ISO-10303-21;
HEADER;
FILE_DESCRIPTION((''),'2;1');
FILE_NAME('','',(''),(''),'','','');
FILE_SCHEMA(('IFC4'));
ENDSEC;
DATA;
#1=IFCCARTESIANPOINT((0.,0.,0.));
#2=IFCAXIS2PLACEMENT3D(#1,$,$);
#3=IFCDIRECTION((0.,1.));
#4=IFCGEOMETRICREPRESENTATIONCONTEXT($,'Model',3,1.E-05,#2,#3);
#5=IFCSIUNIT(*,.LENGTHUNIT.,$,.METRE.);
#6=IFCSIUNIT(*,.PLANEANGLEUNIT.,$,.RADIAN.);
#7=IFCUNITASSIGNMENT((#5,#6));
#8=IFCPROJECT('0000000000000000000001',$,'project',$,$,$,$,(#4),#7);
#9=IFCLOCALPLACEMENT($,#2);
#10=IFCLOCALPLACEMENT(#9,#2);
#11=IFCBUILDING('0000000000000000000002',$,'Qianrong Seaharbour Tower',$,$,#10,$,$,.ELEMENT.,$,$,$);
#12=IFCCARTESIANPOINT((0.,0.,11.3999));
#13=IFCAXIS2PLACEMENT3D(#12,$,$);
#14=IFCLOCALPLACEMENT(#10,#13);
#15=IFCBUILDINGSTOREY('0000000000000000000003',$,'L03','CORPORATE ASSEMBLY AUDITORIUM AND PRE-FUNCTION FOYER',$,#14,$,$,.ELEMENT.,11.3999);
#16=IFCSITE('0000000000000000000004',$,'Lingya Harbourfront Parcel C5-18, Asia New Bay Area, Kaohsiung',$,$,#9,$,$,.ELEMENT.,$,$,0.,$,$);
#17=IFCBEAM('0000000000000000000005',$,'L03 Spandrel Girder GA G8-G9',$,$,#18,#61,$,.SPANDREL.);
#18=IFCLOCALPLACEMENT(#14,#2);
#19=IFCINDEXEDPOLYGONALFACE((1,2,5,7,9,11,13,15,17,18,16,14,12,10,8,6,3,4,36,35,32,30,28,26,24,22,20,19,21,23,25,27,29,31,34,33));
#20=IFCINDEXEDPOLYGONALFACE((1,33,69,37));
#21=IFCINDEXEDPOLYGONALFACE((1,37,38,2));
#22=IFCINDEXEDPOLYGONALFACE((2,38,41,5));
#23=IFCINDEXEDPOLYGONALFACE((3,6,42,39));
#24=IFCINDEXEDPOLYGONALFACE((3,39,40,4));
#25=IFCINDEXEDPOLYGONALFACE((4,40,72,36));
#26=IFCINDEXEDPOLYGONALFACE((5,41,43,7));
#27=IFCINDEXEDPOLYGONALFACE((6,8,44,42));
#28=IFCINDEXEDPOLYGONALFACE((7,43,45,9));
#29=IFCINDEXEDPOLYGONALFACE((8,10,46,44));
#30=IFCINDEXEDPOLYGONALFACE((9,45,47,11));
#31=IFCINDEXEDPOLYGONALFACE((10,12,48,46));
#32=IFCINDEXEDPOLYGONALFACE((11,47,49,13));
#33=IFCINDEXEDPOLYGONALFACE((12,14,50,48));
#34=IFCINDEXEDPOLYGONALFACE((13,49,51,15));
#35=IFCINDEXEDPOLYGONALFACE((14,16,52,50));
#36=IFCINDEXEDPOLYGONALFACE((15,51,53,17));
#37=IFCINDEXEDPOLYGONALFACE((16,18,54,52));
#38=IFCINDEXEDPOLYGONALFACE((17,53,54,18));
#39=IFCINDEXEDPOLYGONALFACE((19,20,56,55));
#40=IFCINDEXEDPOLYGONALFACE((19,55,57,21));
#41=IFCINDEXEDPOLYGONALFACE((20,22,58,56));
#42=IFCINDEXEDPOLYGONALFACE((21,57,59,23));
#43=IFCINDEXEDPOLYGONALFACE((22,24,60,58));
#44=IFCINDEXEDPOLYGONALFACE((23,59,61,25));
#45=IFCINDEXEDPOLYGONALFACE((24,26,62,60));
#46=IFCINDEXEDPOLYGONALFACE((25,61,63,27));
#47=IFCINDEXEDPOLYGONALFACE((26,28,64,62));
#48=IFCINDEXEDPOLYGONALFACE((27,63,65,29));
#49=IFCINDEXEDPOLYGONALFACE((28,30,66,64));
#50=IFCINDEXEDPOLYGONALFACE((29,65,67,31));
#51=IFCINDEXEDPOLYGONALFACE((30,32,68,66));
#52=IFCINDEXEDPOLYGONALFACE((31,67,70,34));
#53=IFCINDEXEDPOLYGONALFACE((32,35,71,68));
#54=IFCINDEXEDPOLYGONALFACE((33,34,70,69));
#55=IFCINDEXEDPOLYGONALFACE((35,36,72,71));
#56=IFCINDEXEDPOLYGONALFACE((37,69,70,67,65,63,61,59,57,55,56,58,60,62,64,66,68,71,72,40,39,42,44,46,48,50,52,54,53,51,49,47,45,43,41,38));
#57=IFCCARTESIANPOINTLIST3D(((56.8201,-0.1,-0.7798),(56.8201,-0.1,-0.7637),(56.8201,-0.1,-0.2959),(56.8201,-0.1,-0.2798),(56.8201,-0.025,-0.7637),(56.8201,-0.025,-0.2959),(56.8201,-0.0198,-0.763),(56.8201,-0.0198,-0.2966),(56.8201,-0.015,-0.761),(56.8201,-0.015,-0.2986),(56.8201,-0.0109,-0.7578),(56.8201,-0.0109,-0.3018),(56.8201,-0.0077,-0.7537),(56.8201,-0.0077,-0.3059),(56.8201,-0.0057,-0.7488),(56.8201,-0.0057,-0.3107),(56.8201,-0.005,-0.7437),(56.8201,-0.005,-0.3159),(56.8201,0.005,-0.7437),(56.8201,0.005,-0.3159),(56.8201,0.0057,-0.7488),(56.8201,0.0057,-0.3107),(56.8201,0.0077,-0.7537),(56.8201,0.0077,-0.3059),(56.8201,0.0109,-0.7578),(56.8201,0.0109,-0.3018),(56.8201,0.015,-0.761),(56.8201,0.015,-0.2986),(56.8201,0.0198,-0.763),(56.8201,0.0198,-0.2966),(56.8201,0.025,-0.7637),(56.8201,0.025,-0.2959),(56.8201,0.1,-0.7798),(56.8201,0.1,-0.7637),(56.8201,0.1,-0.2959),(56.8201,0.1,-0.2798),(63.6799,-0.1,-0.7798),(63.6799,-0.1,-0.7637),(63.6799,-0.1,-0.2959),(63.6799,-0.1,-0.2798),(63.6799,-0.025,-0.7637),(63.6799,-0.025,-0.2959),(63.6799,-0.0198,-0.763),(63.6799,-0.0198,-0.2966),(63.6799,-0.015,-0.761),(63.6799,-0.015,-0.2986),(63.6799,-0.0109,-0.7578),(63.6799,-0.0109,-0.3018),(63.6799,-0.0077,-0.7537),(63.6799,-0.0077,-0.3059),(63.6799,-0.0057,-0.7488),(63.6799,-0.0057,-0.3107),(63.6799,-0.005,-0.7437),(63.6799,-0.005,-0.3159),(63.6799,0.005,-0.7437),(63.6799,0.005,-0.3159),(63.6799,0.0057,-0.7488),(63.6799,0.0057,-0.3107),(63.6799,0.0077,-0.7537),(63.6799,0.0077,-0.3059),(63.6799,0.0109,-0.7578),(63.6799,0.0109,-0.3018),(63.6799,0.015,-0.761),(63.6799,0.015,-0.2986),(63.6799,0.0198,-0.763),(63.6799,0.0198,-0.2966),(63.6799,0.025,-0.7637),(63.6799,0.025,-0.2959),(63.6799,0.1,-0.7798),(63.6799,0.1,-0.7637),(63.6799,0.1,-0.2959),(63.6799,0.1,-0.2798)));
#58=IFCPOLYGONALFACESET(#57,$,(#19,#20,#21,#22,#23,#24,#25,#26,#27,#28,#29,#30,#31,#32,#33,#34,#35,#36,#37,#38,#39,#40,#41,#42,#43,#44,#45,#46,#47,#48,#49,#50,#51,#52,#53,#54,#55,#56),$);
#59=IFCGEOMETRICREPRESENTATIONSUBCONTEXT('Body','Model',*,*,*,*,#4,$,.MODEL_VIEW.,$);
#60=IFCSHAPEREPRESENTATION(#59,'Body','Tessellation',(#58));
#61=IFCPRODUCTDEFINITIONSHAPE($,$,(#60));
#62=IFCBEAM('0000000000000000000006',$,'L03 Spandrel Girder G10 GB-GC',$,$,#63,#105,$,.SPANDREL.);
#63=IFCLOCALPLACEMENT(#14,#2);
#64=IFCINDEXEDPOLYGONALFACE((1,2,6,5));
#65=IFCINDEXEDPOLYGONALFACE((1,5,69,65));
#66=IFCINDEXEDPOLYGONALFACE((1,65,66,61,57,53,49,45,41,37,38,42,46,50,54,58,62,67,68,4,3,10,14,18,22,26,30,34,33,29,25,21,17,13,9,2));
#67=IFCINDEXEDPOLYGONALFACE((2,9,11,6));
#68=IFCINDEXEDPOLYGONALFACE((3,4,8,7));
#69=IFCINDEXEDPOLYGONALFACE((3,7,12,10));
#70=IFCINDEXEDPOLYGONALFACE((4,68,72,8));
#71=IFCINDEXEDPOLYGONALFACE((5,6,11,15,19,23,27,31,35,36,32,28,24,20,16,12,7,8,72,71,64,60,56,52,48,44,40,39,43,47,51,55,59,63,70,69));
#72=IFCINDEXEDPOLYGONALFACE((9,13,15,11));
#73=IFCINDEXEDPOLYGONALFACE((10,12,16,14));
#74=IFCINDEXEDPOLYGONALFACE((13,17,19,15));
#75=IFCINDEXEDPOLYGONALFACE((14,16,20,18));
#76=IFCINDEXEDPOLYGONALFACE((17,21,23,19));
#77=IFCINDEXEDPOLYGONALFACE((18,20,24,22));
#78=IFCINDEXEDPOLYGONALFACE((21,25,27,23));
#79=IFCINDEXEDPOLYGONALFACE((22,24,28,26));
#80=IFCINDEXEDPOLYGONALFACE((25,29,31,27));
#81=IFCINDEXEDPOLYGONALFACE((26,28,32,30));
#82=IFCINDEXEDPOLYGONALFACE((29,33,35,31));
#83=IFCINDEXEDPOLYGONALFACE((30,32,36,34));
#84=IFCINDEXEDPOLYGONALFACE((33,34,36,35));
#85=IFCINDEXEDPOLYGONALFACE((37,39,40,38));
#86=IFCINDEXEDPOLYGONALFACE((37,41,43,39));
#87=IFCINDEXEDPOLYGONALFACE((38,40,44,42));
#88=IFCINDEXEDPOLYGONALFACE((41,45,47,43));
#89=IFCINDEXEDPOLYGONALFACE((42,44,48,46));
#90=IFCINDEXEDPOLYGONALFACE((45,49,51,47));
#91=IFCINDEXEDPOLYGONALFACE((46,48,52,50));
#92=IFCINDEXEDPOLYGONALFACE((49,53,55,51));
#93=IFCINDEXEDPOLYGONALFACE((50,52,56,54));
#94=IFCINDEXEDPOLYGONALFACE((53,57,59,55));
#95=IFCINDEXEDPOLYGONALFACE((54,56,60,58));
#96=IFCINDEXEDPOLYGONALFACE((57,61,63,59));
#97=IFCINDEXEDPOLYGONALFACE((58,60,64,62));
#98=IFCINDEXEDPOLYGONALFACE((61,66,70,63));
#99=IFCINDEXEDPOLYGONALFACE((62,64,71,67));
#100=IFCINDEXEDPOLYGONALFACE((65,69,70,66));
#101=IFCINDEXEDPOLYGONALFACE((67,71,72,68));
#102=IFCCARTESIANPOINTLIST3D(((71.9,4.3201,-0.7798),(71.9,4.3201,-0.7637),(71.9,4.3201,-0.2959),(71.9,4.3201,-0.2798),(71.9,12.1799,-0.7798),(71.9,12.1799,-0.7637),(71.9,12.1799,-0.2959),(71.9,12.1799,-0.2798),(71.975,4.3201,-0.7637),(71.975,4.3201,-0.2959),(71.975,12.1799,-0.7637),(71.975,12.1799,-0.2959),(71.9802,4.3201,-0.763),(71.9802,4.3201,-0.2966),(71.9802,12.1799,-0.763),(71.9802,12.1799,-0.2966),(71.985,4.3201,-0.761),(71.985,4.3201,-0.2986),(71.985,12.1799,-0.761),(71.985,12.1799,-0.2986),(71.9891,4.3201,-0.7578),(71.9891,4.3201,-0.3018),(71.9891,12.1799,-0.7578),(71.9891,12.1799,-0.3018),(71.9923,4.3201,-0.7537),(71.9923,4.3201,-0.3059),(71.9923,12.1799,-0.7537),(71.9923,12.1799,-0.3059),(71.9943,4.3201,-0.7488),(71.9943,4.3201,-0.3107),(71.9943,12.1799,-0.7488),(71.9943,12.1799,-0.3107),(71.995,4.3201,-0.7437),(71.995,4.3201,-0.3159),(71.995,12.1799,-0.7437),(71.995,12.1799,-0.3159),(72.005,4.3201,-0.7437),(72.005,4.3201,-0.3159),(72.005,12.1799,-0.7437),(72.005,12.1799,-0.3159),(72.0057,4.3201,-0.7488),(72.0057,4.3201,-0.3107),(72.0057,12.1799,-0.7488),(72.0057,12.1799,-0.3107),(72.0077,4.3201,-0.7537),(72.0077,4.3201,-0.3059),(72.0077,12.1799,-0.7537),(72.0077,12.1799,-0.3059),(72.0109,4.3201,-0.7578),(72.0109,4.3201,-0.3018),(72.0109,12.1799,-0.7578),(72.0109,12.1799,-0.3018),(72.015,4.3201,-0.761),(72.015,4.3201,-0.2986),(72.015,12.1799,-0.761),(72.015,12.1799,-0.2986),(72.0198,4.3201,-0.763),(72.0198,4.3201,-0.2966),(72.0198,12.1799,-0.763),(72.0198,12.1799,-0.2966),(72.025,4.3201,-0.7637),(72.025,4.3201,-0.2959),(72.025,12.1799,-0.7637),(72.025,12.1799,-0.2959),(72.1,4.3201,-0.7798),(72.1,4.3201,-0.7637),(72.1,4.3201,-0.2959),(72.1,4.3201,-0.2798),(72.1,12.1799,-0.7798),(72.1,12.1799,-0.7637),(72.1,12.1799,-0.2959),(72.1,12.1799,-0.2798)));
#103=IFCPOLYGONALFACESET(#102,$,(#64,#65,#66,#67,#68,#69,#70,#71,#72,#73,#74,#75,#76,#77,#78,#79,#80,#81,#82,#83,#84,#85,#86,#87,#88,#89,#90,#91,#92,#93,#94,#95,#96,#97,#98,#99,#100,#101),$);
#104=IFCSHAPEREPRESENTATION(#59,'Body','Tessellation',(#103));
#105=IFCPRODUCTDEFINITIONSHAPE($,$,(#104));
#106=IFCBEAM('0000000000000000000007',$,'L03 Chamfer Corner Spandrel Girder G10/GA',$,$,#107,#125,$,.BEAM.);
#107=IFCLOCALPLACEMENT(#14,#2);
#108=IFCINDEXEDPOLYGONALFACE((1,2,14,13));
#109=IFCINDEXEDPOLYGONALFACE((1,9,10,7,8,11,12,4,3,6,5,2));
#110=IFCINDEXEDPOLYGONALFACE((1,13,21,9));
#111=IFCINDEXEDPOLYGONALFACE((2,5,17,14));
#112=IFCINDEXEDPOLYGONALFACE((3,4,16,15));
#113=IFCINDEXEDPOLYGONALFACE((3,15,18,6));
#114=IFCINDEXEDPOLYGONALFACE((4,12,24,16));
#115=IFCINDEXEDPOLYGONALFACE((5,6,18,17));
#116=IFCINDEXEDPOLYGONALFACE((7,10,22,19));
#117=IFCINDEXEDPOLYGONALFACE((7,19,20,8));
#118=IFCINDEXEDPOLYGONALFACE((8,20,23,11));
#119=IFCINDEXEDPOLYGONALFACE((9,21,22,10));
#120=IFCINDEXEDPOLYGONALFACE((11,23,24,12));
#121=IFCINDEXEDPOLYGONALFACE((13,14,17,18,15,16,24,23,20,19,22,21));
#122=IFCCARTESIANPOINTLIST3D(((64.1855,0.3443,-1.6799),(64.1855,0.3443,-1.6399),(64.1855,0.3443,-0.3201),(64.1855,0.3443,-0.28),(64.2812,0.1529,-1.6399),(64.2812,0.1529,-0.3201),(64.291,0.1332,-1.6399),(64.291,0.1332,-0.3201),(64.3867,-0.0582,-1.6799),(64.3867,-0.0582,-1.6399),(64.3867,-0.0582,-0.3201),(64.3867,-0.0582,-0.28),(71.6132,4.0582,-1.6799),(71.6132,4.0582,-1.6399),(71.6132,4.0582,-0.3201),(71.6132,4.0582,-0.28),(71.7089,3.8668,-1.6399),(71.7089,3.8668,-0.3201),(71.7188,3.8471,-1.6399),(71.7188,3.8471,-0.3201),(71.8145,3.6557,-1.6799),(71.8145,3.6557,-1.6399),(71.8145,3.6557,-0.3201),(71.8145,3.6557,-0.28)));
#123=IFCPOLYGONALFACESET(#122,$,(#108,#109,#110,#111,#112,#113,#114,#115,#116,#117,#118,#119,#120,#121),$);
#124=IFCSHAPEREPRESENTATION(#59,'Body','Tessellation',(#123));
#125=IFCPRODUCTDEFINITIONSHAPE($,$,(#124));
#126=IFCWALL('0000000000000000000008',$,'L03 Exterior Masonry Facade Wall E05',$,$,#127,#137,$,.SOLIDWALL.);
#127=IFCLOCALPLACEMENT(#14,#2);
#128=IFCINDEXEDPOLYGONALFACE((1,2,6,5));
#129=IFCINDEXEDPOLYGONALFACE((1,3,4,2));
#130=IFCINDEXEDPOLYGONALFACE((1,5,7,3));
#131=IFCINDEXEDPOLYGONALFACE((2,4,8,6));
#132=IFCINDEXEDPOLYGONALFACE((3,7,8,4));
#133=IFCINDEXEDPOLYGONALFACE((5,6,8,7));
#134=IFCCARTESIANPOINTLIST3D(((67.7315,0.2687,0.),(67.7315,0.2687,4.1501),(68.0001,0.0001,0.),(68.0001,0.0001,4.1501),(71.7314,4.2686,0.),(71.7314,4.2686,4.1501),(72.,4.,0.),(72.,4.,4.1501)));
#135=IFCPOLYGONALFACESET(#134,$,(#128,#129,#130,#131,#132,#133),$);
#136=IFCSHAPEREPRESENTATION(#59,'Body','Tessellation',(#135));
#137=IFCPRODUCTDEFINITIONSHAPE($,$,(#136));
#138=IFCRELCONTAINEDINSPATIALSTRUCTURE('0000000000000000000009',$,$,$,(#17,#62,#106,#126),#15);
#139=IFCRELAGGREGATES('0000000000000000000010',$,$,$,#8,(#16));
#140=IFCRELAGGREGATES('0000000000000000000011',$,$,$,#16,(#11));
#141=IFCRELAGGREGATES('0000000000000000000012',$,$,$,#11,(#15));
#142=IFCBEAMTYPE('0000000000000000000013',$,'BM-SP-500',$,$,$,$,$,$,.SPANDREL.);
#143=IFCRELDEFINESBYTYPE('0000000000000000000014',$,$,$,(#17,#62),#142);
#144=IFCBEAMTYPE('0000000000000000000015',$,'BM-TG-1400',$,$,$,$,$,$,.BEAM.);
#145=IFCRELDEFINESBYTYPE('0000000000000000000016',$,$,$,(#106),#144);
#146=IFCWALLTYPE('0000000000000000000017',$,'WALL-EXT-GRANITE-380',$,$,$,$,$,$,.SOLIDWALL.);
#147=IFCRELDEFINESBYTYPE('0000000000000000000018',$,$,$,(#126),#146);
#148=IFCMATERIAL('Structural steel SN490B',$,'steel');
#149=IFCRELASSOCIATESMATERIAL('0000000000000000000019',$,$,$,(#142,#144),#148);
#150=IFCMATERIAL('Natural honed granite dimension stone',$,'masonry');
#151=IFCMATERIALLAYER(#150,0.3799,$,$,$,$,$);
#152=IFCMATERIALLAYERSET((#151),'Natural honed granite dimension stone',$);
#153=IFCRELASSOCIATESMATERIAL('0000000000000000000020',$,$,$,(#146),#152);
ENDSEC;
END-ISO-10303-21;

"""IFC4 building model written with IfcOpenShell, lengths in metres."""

from ifc_helpers import new_model, si_unit, direction, frame, frame_2d, origin, origin_2d, place, context, subcontext, project, spatial, rectangle, i_section, extrude, material, layer, layer_set, material_profile, profile_set, type_object, element, save


model = new_model("IFC4")

# Units and contexts
model_context = context("Model", 3, precision=1e-05, world=origin(), true_north=direction((0.0, 1.0)))
body_context = subcontext(model_context, "Body", "Model", "MODEL_VIEW")
ifc_project = project(units=[si_unit("LENGTHUNIT", "METRE"), si_unit("PLANEANGLEUNIT", "RADIAN")], contexts=[model_context])

# Site, building, storey
site_placement = place(None, origin())
site = spatial("IfcSite", under=ifc_project, at=site_placement, Name="Lingya Harbourfront Parcel C5-18, Asia New Bay Area, Kaohsiung", CompositionType="ELEMENT", RefElevation=0.0)
building_placement = place(site_placement, origin())
building = spatial("IfcBuilding", under=site, at=building_placement, Name="Qianrong Seaharbour Tower", CompositionType="ELEMENT")
storey_placement = place(building_placement, frame((0.0, 0.0, 11.3999)))
storey = spatial("IfcBuildingStorey", under=building, at=storey_placement, Name="L03", Description="CORPORATE ASSEMBLY AUDITORIUM AND PRE-FUNCTION FOYER", CompositionType="ELEMENT", Elevation=11.3999)

# Beams
ifc_material_1 = material(Name="Structural steel SN490B", Category="steel")
ifc_material_profile_1 = material_profile(ifc_material_1, i_section(OverallWidth=0.2, OverallDepth=0.5, WebThickness=0.01, FlangeThickness=0.0161, FilletRadius=0.02, at=origin_2d()), Name="H500x200x10x16")
ifc_profile_set_1 = profile_set([ifc_material_profile_1], Name="Structural steel SN490B")
beam_type_1 = type_object("IfcBeamType", Name="BM-SP-500", PredefinedType="SPANDREL", material=ifc_profile_set_1)
beam_1_placement = place(storey_placement, frame((56.8201, 0.0, -0.5298), z_axis=(1.0, 0.0, 0.0), x_axis=(0.0, 1.0, 0.0)))
element("IfcBeam", 1, at=beam_1_placement, inside=storey, type_object=beam_type_1, Name="L03 Spandrel Girder GA G8-G9", PredefinedType="SPANDREL", context=body_context, shape_type="SweptSolid", body=[
    extrude(i_section(OverallWidth=0.2, OverallDepth=0.5, WebThickness=0.01, FlangeThickness=0.0161, FilletRadius=0.02, at=origin_2d()), origin(), (0.0, 0.0, 1.0), 6.8599),
])
beam_2_placement = place(storey_placement, frame((72.0, 4.3201, -0.5298), z_axis=(0.0, 1.0, 0.0), x_axis=(-1.0, 0.0, 0.0)))
element("IfcBeam", 2, at=beam_2_placement, inside=storey, type_object=beam_type_1, Name="L03 Spandrel Girder G10 GB-GC", PredefinedType="SPANDREL", context=body_context, shape_type="SweptSolid", body=[
    extrude(i_section(OverallWidth=0.2, OverallDepth=0.5, WebThickness=0.01, FlangeThickness=0.0161, FilletRadius=0.02, at=origin_2d()), origin(), (0.0, 0.0, 1.0), 7.8599),
])
ifc_material_profile_2 = material_profile(ifc_material_1, i_section(OverallWidth=0.45, OverallDepth=1.3999, WebThickness=0.022, FlangeThickness=0.04, at=origin_2d()), Name="BH1400x450x22x40")
ifc_profile_set_2 = profile_set([ifc_material_profile_2], Name="Structural steel SN490B")
beam_type_2 = type_object("IfcBeamType", Name="BM-TG-1400", PredefinedType="BEAM", material=ifc_profile_set_2)
beam_3_placement = place(storey_placement, frame((64.2861, 0.1431, -0.98), z_axis=(0.894427, 0.447214, 0.0), x_axis=(-0.447214, 0.894427, 0.0)))
element("IfcBeam", 3, at=beam_3_placement, inside=storey, type_object=beam_type_2, Name="L03 Chamfer Corner Spandrel Girder G10/GA", PredefinedType="BEAM", context=body_context, shape_type="SweptSolid", body=[
    extrude(i_section(OverallWidth=0.45, OverallDepth=1.3999, WebThickness=0.022, FlangeThickness=0.04, at=origin_2d()), origin(), (0.0, 0.0, 1.0), 8.3044),
])

# Wall
ifc_material_2 = material(Name="Natural honed granite dimension stone", Category="masonry")
ifc_layer = layer(ifc_material_2, 0.3799)
ifc_layer_set = layer_set([ifc_layer], Name="Natural honed granite dimension stone")
wall_type = type_object("IfcWallType", Name="WALL-EXT-GRANITE-380", PredefinedType="SOLIDWALL", material=ifc_layer_set)
wall_1_placement = place(storey_placement, frame((71.8657, 4.1343, 0.0), z_axis=(0.0, 0.0, 1.0), x_axis=(-0.707107, -0.707107, 0.0)))
element("IfcWall", 4, at=wall_1_placement, inside=storey, type_object=wall_type, Name="L03 Exterior Masonry Facade Wall E05", PredefinedType="SOLIDWALL", context=body_context, shape_type="SweptSolid", body=[
    extrude(rectangle(XDim=5.6567, YDim=0.3799, at=frame_2d((2.8284, 0.0))), origin(), (0.0, 0.0, 1.0), 4.1501),
])

save(model, "model.ifc")
